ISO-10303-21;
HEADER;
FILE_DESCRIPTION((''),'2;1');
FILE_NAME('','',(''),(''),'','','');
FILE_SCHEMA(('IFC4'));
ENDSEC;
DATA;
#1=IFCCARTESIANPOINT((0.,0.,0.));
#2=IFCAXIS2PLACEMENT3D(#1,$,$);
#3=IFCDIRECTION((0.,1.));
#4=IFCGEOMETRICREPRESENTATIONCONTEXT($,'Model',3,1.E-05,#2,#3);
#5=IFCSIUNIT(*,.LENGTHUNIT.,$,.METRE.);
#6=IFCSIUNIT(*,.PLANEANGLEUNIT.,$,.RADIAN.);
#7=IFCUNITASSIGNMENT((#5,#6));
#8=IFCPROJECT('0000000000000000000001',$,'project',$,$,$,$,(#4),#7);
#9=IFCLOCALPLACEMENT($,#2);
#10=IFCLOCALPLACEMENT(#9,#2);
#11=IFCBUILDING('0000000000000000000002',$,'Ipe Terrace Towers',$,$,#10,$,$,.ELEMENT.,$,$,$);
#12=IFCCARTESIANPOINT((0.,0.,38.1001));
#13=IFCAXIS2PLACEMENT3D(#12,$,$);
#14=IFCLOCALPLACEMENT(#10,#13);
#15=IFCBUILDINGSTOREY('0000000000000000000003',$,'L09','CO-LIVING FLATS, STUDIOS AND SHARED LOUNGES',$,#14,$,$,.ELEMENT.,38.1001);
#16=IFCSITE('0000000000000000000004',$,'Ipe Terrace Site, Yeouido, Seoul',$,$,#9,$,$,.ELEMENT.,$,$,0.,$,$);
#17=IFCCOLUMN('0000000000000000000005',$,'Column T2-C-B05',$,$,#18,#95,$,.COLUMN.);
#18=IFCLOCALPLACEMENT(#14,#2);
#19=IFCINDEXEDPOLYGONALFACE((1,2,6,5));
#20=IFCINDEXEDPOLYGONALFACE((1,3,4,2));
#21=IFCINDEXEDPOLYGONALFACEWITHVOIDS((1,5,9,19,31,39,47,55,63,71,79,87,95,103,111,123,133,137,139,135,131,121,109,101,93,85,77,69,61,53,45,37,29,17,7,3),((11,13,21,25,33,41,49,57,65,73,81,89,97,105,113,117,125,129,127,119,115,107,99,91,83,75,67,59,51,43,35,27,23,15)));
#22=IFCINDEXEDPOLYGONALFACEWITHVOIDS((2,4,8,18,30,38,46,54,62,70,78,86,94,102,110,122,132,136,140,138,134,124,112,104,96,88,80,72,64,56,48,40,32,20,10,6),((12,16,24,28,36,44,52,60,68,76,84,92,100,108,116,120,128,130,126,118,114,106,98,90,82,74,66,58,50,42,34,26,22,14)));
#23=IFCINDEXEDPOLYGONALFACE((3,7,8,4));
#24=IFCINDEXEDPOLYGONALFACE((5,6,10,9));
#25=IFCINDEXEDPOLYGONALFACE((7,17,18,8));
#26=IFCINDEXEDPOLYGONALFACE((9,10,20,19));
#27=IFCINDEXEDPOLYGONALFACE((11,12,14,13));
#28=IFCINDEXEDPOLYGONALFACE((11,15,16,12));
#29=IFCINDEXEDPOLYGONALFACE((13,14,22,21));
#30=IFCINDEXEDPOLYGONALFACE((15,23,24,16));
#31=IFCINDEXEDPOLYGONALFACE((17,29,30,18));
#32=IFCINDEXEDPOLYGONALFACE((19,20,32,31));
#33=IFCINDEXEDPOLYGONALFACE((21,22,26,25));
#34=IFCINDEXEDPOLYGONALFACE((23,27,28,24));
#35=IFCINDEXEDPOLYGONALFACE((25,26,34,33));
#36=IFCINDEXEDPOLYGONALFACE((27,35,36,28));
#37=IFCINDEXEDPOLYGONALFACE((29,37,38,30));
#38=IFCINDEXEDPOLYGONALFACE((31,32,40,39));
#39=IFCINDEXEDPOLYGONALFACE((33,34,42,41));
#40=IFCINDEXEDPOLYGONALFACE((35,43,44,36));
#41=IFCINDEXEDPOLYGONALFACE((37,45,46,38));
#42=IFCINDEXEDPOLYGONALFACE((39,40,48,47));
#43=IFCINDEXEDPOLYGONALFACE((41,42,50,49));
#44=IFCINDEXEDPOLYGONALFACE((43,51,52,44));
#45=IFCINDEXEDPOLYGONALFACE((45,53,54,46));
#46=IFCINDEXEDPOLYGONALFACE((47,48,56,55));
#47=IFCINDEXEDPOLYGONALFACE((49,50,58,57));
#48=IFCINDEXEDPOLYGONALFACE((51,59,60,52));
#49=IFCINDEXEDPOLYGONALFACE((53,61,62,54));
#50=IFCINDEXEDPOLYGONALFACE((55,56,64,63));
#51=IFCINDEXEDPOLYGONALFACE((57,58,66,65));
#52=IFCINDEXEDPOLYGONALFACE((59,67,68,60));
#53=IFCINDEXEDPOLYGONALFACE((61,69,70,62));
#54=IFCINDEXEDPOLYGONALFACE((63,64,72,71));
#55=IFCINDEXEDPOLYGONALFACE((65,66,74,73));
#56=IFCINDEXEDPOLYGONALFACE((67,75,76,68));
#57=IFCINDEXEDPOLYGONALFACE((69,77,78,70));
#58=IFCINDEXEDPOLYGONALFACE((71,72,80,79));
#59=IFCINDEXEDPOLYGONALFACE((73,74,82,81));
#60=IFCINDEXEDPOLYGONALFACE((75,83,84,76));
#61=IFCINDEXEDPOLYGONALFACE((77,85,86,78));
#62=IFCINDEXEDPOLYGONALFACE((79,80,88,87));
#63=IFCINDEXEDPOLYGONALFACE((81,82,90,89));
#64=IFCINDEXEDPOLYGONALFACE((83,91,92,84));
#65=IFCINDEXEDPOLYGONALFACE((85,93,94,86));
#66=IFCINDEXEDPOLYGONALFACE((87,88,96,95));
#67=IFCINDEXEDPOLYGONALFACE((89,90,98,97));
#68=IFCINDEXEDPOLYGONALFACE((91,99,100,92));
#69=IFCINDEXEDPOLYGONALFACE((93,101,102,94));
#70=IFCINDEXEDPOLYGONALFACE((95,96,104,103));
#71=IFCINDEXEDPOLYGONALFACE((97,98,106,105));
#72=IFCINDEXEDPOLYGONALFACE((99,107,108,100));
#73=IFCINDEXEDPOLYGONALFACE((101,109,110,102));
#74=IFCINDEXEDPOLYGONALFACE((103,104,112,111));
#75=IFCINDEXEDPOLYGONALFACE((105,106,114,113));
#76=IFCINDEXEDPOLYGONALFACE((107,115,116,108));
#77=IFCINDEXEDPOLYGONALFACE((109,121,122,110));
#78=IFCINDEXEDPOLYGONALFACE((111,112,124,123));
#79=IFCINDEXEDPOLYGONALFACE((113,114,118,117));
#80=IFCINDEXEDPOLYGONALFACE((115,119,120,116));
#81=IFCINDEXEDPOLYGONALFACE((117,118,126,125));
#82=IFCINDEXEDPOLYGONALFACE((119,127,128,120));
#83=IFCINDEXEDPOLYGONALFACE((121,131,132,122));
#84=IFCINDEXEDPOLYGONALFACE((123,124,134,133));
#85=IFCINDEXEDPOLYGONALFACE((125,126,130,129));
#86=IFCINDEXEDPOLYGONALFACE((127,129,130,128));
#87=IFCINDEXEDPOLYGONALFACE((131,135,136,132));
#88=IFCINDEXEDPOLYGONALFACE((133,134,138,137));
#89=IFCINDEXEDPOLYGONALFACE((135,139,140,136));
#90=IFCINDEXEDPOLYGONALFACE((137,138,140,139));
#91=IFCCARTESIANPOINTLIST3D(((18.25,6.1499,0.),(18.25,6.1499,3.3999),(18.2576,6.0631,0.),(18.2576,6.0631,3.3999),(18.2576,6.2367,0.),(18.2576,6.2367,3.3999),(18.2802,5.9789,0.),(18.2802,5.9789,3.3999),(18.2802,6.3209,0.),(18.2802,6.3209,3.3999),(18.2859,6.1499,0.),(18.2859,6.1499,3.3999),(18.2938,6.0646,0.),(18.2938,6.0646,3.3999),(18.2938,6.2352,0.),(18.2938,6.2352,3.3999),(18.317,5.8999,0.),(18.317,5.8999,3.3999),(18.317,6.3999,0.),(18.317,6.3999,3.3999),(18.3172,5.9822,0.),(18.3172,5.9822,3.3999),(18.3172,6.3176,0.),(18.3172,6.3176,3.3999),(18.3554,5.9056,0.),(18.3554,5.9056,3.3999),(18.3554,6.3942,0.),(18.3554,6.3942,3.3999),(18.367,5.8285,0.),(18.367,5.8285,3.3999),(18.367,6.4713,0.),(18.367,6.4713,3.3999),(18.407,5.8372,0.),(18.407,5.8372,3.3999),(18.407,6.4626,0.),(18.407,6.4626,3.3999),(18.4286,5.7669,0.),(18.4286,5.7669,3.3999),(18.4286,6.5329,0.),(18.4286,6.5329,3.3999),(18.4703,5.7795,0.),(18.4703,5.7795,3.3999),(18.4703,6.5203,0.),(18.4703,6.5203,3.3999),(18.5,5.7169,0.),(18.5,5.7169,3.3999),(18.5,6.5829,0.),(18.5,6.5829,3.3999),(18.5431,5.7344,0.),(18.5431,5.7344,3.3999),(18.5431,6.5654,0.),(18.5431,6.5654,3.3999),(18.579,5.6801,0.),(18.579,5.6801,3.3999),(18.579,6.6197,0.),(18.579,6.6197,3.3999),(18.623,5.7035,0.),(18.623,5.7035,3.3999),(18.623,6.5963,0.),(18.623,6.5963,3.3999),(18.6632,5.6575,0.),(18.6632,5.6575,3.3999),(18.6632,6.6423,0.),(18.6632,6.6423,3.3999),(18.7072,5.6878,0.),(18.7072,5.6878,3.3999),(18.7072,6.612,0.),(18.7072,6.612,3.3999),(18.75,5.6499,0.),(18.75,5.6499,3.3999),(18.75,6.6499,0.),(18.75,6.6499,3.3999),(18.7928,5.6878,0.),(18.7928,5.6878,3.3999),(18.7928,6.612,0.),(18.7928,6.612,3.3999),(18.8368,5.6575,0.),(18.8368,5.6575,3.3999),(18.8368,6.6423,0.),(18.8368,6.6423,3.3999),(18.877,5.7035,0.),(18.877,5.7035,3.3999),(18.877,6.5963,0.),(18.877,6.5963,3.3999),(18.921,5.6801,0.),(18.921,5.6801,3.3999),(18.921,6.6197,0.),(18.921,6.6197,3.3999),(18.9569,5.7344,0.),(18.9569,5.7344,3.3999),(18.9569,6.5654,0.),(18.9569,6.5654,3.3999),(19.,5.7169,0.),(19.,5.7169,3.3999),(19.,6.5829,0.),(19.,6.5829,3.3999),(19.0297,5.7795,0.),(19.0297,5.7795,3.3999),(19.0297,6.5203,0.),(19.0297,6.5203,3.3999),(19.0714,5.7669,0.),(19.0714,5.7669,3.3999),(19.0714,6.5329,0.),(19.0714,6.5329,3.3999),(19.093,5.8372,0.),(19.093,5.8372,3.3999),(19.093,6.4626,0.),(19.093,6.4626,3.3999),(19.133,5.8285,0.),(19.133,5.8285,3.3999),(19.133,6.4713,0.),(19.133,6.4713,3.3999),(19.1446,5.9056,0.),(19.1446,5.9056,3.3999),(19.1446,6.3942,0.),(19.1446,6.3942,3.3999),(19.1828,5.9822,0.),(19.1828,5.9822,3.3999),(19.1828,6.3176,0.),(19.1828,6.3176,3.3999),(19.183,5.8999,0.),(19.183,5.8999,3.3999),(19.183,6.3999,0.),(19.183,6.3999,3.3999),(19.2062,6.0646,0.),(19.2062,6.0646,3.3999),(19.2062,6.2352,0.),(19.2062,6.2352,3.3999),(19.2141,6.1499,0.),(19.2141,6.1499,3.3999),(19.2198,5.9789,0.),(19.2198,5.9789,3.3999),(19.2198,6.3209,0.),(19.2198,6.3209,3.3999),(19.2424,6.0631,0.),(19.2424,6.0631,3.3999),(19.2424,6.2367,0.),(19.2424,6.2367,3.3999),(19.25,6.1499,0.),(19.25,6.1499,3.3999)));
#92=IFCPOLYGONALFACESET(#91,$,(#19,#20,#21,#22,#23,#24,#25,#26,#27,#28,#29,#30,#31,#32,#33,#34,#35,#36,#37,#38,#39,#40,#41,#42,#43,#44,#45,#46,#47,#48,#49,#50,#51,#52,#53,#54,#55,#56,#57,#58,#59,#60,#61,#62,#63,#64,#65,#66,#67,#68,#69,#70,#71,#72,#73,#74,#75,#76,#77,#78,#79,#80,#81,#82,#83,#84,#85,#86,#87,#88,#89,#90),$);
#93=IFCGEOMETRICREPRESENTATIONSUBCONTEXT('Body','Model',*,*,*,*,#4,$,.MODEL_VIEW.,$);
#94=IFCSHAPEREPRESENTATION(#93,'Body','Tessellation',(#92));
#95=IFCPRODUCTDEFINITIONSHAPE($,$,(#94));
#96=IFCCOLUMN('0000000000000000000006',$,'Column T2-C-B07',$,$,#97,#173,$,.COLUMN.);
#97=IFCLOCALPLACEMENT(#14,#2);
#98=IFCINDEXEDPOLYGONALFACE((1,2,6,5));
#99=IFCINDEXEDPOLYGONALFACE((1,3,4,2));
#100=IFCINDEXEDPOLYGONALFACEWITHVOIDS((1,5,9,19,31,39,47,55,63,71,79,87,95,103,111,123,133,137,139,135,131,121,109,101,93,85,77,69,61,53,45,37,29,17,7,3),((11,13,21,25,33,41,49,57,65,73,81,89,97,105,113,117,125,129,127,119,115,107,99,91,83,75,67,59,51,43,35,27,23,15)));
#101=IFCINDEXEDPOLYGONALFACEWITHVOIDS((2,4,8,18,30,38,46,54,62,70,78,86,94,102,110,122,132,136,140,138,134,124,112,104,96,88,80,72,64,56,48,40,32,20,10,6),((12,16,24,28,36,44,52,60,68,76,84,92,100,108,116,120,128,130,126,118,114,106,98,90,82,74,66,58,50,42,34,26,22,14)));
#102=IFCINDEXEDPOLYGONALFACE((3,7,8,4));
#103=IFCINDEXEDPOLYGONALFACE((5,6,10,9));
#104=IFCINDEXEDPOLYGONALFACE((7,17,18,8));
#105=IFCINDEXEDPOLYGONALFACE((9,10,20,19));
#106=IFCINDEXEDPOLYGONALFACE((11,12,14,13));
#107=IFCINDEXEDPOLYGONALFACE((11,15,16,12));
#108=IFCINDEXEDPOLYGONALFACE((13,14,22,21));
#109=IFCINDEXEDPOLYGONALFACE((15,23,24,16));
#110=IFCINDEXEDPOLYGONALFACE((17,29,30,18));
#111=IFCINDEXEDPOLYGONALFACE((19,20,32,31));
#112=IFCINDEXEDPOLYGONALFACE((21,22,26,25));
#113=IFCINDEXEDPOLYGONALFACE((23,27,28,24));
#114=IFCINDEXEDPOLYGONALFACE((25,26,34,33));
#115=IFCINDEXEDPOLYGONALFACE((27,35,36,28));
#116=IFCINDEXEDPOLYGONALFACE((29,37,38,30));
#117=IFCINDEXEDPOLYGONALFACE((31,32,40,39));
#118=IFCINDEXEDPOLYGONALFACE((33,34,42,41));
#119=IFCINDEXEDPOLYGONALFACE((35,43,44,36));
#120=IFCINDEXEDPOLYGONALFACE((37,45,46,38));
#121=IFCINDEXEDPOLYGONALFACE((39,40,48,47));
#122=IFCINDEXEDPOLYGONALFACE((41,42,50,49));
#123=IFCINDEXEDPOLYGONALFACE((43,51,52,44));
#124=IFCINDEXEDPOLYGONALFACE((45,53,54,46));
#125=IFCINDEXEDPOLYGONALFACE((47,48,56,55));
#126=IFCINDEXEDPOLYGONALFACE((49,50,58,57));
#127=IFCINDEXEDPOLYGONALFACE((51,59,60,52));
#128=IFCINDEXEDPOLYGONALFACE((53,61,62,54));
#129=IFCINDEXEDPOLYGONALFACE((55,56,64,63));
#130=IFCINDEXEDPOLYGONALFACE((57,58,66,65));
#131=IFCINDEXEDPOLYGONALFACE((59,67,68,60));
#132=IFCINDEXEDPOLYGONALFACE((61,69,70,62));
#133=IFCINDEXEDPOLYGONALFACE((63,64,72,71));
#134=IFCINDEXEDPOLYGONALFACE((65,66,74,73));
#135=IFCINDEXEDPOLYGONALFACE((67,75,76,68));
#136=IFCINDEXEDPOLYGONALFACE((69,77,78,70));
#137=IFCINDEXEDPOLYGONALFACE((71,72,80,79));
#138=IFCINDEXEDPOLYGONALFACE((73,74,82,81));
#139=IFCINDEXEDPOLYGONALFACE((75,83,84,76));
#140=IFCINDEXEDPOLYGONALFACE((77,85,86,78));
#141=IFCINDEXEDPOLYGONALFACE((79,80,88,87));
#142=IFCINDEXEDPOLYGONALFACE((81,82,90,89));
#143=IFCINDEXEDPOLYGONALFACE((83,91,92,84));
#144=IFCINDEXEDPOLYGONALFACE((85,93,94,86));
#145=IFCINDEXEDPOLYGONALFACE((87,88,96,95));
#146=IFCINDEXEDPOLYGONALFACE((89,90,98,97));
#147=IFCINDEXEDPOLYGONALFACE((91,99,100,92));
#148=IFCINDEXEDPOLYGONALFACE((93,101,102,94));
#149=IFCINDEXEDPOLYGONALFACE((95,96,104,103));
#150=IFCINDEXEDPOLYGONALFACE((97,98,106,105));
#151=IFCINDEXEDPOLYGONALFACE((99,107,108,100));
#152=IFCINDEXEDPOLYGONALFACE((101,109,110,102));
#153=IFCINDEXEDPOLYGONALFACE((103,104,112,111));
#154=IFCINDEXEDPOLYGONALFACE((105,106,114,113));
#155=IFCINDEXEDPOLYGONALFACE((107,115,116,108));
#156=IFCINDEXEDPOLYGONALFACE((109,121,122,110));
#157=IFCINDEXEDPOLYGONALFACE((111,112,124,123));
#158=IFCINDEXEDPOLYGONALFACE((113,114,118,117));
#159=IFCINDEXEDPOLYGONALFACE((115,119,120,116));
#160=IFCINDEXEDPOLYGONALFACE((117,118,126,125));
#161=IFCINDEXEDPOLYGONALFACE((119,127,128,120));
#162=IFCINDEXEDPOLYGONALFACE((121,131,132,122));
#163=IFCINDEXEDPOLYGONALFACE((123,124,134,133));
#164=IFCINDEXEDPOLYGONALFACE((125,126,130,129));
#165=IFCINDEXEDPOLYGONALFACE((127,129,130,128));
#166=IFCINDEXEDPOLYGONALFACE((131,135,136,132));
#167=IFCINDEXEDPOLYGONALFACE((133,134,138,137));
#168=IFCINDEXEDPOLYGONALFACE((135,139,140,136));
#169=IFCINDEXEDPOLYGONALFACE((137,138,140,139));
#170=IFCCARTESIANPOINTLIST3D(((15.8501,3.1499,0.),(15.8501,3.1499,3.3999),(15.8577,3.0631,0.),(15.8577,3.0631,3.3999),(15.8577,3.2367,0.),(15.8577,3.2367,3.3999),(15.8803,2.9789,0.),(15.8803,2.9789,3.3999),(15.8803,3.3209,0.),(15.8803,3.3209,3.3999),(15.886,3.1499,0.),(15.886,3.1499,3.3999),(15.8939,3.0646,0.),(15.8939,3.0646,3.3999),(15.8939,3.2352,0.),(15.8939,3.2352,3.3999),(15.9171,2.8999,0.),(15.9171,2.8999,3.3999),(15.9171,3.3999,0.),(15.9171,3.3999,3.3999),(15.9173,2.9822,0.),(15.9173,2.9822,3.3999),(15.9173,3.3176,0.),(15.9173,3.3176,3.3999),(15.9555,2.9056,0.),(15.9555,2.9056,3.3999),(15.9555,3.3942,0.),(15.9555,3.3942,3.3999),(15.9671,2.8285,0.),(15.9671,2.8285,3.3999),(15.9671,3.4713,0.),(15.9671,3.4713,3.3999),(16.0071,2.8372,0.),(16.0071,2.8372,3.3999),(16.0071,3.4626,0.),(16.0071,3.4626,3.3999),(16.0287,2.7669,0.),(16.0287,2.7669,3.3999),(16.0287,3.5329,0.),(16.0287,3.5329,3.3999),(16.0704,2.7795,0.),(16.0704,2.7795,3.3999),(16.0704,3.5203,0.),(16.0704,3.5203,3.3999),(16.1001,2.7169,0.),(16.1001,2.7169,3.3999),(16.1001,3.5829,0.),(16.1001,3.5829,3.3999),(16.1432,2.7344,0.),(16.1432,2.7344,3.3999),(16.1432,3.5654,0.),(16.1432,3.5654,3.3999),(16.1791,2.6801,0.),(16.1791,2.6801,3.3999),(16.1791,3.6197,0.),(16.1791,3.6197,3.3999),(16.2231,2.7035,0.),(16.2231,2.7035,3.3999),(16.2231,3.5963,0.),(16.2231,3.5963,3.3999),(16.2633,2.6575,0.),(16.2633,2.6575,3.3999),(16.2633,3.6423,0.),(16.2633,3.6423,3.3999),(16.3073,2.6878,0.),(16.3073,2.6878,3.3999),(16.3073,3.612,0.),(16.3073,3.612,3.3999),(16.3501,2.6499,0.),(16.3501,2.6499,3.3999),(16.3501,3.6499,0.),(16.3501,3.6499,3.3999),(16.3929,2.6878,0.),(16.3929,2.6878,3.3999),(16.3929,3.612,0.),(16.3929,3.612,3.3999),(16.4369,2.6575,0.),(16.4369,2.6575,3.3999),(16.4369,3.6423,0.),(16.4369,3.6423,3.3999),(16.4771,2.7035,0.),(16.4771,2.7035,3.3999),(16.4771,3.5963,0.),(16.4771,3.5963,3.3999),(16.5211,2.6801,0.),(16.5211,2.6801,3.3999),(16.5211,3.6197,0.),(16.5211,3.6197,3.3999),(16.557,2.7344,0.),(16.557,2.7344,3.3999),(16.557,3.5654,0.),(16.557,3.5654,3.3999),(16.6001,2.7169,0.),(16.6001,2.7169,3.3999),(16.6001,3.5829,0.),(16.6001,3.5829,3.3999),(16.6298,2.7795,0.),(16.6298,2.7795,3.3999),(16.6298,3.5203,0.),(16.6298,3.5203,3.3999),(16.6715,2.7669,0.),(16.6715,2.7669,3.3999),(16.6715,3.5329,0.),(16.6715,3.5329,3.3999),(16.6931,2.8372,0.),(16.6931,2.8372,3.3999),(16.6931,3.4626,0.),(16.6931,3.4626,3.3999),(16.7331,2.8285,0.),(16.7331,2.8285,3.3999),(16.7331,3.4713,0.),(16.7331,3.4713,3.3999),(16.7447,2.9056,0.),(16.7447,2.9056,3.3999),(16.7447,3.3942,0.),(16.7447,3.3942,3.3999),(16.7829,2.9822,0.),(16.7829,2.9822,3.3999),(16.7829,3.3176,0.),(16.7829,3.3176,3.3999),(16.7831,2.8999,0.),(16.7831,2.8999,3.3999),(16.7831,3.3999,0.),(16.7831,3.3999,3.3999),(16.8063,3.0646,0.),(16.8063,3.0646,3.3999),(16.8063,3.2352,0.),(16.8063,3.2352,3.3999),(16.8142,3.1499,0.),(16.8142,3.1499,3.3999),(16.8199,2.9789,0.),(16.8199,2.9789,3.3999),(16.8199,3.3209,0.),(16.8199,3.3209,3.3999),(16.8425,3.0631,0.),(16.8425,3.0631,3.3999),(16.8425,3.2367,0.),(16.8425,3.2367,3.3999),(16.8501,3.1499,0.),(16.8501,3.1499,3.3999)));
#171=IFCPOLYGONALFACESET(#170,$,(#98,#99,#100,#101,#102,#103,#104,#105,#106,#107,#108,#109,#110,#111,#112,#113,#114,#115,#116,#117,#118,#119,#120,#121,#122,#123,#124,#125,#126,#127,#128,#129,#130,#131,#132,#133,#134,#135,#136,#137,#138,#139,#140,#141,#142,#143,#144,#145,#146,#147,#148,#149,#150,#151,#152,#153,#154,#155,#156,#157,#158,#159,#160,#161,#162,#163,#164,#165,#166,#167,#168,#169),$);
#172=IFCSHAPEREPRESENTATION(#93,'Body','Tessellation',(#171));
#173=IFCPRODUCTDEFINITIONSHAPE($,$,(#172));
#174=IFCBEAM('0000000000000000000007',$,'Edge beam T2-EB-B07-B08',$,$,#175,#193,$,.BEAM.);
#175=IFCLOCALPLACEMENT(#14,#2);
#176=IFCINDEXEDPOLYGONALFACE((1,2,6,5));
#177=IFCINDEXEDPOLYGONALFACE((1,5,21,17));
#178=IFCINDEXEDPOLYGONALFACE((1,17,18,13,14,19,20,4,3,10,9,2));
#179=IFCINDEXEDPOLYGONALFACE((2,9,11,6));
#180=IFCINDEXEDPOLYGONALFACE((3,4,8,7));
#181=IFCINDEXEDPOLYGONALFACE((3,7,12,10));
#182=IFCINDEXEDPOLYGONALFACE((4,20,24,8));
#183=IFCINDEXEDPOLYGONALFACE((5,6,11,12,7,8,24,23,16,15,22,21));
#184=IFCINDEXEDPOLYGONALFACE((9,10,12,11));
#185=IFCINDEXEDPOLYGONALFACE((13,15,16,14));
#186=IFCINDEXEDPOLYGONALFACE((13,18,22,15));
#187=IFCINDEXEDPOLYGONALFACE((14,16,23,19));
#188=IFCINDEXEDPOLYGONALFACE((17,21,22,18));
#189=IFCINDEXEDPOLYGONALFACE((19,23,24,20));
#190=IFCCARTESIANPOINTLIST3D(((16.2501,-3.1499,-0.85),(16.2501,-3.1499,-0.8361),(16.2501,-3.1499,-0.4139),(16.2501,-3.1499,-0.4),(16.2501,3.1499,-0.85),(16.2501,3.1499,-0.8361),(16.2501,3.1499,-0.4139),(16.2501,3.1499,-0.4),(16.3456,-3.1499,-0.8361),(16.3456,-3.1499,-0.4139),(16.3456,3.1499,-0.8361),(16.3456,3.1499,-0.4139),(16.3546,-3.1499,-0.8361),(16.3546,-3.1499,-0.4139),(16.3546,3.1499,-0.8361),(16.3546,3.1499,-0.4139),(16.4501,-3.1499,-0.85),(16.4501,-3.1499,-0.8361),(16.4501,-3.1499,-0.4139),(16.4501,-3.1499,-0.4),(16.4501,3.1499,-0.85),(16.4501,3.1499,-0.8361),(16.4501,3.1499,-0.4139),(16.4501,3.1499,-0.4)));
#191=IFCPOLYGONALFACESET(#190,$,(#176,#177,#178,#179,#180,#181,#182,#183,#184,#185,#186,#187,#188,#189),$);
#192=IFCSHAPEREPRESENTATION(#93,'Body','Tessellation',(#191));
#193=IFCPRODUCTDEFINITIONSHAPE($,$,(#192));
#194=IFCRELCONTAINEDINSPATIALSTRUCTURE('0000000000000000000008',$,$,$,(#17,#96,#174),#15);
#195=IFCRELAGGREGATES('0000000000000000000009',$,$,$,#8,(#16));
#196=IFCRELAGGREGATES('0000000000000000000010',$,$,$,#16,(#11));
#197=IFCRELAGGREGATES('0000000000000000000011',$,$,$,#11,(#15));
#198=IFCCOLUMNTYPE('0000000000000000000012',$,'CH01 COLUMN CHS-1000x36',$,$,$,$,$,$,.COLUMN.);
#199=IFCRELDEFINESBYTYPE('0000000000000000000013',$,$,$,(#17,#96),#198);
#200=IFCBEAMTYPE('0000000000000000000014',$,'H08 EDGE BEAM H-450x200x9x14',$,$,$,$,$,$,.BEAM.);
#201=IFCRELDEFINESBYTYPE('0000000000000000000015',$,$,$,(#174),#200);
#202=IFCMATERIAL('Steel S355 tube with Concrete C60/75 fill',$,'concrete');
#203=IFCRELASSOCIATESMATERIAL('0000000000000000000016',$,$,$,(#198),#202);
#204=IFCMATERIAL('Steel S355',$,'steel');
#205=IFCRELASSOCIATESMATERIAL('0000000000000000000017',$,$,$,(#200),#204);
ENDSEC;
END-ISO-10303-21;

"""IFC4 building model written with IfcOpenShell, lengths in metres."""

from ifc_helpers import new_model, si_unit, direction, frame, origin, origin_2d, place, context, subcontext, project, spatial, hollow_circle, i_section, extrude, material, material_profile, profile_set, type_object, element, save


model = new_model("IFC4")

# Units and contexts
model_context = context("Model", 3, precision=1e-05, world=origin(), true_north=direction((0.0, 1.0)))
body_context = subcontext(model_context, "Body", "Model", "MODEL_VIEW")
ifc_project = project(units=[si_unit("LENGTHUNIT", "METRE"), si_unit("PLANEANGLEUNIT", "RADIAN")], contexts=[model_context])

# Site, building, storey
site_placement = place(None, origin())
site = spatial("IfcSite", under=ifc_project, at=site_placement, Name="Ipe Terrace Site, Yeouido, Seoul", CompositionType="ELEMENT", RefElevation=0.0)
building_placement = place(site_placement, origin())
building = spatial("IfcBuilding", under=site, at=building_placement, Name="Ipe Terrace Towers", CompositionType="ELEMENT")
storey_placement = place(building_placement, frame((0.0, 0.0, 38.1001)))
storey = spatial("IfcBuildingStorey", under=building, at=storey_placement, Name="L09", Description="CO-LIVING FLATS, STUDIOS AND SHARED LOUNGES", CompositionType="ELEMENT", Elevation=38.1001)

# Columns
ifc_material_1 = material(Name="Steel S355 tube with Concrete C60/75 fill", Category="concrete")
ifc_material_profile_1 = material_profile(ifc_material_1, hollow_circle(Radius=0.5, WallThickness=0.0359, at=origin_2d()), Name="CHS-1000x36")
ifc_profile_set_1 = profile_set([ifc_material_profile_1], Name="Steel S355 tube with Concrete C60/75 fill")
column_type = type_object("IfcColumnType", Name="CH01 COLUMN CHS-1000x36", PredefinedType="COLUMN", material=ifc_profile_set_1)
for number, where, z_axis, x_axis, name in (
    (1, (18.75, 6.1499, 0.0), (0.0, 0.0, 1.0), (1.0, 0.0, 0.0), "Column T2-C-B05"),
    (2, (16.3501, 3.1499, 0.0), (0.0, 0.0, 1.0), (1.0, 0.0, 0.0), "Column T2-C-B07"),
):
    element("IfcColumn", number, at=place(storey_placement, frame(where, z_axis=z_axis, x_axis=x_axis)), inside=storey, type_object=column_type, Name=name, PredefinedType="COLUMN", context=body_context, shape_type="SweptSolid", body=[
        extrude(hollow_circle(Radius=0.5, WallThickness=0.0359, at=origin_2d()), origin(), (0.0, 0.0, 1.0), 3.3999),
    ])

# Beam
ifc_material_2 = material(Name="Steel S355", Category="steel")
ifc_material_profile_2 = material_profile(ifc_material_2, i_section(OverallWidth=0.2, OverallDepth=0.45, WebThickness=0.009, FlangeThickness=0.0139, at=origin_2d()), Name="H-450x200x9x14")
ifc_profile_set_2 = profile_set([ifc_material_profile_2], Name="Steel S355")
beam_type = type_object("IfcBeamType", Name="H08 EDGE BEAM H-450x200x9x14", PredefinedType="BEAM", material=ifc_profile_set_2)
beam_placement = place(storey_placement, frame((16.3501, 3.1499, -0.625), z_axis=(0.0, -1.0, 0.0), x_axis=(1.0, 0.0, 0.0)))
element("IfcBeam", 3, at=beam_placement, inside=storey, type_object=beam_type, Name="Edge beam T2-EB-B07-B08", PredefinedType="BEAM", context=body_context, shape_type="SweptSolid", body=[
    extrude(i_section(OverallWidth=0.2, OverallDepth=0.45, WebThickness=0.009, FlangeThickness=0.0139, at=origin_2d()), origin(), (0.0, 0.0, 1.0), 6.2998),
])

save(model, "model.ifc")
